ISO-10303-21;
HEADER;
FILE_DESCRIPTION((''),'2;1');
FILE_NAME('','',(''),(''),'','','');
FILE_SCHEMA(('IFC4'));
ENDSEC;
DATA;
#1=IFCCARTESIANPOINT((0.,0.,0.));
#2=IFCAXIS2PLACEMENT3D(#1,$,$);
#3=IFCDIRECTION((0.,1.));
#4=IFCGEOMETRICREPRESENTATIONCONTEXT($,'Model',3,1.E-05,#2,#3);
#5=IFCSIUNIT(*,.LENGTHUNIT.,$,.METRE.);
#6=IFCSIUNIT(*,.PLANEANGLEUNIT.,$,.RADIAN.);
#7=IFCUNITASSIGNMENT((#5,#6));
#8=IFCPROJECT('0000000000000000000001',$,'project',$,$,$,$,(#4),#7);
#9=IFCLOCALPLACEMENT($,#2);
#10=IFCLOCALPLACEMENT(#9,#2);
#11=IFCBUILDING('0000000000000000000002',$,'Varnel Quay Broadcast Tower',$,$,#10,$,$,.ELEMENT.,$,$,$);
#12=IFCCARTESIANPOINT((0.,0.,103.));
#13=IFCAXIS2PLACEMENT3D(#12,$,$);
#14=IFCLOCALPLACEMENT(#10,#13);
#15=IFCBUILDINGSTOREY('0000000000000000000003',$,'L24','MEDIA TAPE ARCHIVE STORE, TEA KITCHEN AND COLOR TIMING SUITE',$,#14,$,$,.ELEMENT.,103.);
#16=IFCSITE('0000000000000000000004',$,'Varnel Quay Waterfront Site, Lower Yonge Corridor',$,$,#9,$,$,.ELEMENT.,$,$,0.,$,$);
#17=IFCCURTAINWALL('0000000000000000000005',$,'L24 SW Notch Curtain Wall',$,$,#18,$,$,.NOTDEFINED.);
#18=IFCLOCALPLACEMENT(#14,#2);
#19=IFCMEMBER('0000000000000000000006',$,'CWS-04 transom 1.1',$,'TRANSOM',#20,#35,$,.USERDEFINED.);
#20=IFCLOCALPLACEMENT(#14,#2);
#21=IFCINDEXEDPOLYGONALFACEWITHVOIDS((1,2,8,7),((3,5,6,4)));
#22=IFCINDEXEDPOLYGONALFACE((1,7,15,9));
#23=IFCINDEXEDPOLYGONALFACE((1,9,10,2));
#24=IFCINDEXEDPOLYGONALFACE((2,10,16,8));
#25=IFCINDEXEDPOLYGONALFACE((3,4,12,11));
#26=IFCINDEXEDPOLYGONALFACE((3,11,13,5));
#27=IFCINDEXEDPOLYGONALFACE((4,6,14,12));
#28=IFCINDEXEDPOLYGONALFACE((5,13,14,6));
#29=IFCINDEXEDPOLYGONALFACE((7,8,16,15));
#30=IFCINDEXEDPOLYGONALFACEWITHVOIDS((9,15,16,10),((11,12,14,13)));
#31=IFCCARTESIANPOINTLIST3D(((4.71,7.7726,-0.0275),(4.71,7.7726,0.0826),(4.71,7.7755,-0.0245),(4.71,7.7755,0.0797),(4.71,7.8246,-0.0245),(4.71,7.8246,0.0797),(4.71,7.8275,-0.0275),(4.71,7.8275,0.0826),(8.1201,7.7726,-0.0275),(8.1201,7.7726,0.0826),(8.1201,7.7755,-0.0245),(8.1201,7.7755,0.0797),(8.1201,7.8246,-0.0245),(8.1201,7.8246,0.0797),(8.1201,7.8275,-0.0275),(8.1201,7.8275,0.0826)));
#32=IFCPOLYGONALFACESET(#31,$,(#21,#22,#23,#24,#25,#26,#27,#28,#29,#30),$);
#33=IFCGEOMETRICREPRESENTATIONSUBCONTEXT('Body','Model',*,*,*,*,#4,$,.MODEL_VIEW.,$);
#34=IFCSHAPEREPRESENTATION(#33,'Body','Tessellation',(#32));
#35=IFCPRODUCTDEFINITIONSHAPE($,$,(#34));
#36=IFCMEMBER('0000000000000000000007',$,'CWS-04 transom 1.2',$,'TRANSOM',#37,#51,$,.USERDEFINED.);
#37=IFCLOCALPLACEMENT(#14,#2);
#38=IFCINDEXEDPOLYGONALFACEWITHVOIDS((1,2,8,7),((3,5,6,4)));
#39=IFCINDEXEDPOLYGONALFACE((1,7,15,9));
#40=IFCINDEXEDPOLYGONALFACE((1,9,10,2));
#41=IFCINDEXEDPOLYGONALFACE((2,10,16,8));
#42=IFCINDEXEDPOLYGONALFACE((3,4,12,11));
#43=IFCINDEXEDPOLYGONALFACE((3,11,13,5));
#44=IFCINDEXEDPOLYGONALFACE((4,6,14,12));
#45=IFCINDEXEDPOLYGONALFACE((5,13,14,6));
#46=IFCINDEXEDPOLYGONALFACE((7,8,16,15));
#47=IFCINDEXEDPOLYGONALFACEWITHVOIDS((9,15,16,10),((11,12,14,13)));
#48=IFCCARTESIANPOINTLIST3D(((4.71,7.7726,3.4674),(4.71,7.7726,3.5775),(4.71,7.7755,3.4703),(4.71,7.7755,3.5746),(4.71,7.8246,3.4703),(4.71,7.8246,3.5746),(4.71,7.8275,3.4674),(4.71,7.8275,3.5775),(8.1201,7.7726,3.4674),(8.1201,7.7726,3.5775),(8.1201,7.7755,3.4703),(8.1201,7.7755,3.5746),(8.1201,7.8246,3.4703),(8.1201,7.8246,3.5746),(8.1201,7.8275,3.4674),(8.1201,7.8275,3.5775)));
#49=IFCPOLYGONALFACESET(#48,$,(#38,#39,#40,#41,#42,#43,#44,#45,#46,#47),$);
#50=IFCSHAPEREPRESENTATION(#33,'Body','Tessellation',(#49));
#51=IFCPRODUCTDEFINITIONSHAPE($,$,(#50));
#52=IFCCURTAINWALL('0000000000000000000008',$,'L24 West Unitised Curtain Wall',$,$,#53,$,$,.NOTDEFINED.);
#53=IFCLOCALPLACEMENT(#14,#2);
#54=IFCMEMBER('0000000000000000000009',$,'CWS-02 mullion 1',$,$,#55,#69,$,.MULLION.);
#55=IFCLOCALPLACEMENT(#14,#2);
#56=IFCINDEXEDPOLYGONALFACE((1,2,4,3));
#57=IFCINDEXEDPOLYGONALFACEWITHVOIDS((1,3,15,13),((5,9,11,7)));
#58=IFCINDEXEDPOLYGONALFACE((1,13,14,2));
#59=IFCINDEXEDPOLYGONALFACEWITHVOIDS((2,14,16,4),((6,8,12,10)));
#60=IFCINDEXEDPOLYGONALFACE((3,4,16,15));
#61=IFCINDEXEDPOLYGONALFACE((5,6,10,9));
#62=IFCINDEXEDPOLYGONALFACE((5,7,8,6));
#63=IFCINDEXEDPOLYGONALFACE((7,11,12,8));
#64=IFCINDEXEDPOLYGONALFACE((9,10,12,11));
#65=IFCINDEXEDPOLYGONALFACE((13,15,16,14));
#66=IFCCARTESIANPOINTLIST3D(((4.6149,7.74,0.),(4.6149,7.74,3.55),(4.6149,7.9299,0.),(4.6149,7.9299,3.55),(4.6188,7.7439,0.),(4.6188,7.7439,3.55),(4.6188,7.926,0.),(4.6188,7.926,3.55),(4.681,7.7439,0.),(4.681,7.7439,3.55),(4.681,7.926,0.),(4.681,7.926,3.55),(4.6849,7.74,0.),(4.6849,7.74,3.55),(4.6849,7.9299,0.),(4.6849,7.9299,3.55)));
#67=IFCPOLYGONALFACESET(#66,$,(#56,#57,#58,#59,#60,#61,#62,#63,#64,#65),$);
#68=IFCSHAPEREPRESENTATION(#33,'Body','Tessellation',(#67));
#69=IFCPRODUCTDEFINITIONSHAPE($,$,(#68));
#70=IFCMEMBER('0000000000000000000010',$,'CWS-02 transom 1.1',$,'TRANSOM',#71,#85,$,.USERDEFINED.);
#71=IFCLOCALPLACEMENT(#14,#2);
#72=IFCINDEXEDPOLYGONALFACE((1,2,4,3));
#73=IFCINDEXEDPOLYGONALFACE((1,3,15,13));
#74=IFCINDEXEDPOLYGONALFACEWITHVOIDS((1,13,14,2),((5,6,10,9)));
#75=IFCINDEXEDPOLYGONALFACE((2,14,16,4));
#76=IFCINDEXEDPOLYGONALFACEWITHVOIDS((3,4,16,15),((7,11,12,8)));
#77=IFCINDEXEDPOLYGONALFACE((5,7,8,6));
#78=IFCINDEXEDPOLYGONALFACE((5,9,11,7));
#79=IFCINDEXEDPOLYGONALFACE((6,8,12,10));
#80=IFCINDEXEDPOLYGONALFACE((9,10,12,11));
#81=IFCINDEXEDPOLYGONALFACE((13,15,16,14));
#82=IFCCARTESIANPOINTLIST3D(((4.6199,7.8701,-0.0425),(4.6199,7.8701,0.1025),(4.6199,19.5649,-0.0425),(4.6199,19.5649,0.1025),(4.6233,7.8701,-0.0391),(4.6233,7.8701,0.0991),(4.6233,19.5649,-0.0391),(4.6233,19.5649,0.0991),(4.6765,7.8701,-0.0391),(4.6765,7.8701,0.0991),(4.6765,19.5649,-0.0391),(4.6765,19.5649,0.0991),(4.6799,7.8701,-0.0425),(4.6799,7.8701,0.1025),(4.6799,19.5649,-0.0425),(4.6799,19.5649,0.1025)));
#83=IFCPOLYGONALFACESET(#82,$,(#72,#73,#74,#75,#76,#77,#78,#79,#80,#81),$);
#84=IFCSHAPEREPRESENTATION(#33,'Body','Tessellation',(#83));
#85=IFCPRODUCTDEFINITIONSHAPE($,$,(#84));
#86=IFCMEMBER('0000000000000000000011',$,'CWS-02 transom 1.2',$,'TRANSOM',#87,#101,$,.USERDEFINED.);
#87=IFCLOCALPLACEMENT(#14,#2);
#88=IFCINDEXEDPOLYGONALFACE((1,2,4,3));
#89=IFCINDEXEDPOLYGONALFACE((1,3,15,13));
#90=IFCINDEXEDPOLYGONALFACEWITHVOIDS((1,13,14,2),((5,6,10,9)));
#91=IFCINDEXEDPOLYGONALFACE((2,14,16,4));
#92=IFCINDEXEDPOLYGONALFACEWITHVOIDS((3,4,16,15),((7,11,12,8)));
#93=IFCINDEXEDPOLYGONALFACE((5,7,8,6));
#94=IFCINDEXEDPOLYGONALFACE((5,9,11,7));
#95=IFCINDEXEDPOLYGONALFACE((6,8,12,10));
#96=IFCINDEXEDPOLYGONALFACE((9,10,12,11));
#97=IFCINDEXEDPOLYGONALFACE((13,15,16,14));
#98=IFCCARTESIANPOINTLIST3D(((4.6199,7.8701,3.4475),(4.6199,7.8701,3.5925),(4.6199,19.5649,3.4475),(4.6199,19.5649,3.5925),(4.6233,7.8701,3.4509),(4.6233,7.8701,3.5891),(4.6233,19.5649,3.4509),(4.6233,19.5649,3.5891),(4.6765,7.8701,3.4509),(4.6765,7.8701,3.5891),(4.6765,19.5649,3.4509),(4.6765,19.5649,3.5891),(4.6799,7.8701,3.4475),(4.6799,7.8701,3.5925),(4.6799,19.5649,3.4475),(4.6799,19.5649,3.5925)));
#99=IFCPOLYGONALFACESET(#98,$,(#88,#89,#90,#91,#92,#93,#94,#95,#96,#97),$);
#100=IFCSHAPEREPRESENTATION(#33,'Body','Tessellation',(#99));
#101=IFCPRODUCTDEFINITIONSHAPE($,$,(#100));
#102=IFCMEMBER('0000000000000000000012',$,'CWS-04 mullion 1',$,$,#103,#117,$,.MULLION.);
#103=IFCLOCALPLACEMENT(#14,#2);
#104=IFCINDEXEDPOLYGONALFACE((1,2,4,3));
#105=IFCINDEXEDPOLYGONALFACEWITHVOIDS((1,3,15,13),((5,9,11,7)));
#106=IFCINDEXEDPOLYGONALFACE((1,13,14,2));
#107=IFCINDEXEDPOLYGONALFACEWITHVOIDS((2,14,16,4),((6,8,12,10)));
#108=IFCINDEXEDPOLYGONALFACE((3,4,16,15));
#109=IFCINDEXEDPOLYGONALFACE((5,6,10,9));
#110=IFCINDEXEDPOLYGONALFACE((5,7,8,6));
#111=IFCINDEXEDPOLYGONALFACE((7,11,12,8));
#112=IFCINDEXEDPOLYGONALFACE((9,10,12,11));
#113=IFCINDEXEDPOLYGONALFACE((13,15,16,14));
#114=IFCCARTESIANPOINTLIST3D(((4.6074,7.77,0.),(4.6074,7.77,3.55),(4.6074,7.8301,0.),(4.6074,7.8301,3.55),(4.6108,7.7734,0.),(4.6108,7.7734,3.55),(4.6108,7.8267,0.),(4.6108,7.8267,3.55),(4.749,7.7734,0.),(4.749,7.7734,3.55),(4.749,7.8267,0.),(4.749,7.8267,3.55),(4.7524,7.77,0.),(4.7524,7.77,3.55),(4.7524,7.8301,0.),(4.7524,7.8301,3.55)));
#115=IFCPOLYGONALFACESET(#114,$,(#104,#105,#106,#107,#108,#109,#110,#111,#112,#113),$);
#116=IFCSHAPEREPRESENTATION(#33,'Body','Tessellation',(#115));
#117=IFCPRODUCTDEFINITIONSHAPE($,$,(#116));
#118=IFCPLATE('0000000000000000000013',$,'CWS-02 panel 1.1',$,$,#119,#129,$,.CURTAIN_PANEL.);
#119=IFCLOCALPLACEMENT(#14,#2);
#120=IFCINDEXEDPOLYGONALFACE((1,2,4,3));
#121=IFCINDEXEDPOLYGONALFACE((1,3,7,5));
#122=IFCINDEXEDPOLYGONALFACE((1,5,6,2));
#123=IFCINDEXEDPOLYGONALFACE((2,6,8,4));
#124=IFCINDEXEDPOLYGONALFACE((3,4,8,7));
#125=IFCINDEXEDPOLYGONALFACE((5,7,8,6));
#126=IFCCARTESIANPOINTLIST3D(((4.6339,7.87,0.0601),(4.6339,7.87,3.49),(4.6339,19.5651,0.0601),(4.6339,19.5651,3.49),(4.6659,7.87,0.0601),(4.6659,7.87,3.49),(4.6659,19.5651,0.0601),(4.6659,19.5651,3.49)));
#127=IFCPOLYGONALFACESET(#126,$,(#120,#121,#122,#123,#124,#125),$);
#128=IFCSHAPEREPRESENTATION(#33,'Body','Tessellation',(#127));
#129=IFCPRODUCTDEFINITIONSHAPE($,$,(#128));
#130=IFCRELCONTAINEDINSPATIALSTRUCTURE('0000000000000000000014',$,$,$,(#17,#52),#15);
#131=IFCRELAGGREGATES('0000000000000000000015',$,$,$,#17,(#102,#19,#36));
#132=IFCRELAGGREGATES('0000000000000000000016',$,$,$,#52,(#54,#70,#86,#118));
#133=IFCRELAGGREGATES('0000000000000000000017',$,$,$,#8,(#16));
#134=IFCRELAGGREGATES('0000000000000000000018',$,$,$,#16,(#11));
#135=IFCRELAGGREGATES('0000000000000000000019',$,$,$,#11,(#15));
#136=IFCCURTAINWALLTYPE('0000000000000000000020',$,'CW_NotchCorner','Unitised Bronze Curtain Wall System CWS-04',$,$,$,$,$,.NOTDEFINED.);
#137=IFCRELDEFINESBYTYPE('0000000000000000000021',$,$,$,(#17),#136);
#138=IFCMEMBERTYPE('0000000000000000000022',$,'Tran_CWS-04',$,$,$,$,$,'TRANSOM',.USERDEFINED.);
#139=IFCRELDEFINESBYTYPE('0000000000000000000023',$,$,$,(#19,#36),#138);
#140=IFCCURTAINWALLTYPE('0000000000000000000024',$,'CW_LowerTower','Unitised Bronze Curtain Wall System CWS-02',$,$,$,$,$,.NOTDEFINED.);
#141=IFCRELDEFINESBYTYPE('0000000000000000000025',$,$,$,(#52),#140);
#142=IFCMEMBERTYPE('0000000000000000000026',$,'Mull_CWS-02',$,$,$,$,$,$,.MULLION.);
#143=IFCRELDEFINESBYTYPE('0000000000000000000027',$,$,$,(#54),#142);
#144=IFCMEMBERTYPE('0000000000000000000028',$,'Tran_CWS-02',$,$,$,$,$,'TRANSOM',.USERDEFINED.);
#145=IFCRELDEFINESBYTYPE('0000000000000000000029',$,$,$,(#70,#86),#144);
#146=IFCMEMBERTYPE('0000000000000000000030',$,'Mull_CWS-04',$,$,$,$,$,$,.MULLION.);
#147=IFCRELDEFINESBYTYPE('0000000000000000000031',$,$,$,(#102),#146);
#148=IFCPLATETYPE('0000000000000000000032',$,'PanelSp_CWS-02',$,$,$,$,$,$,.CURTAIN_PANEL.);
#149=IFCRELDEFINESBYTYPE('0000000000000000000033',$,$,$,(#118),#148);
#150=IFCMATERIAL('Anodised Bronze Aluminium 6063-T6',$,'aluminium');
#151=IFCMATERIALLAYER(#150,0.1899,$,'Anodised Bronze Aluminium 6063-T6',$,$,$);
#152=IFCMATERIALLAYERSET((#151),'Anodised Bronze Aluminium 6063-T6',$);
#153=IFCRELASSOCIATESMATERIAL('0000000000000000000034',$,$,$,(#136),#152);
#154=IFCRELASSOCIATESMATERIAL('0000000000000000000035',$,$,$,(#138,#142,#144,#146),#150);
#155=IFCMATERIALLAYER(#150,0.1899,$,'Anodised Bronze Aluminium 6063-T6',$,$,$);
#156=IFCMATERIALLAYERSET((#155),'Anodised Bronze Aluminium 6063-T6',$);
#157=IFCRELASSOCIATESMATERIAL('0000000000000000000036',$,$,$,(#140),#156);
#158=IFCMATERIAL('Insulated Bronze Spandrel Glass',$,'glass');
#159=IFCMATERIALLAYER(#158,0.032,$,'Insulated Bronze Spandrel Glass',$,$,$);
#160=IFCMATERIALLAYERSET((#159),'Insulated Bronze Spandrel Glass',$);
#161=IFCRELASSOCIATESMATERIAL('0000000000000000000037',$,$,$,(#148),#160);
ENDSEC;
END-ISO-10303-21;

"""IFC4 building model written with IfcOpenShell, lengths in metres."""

from ifc_helpers import new_model, si_unit, direction, frame, origin, origin_2d, place, context, subcontext, project, spatial, rectangle, hollow_rectangle, extrude, source, transform, mapped, material, layer, layer_set, material_profile, profile_set, type_object, type_shapes, element, aggregate, save


model = new_model("IFC4")

# Units and contexts
model_context = context("Model", 3, precision=1e-05, world=origin(), true_north=direction((0.0, 1.0)))
body_context = subcontext(model_context, "Body", "Model", "MODEL_VIEW")
ifc_project = project(units=[si_unit("LENGTHUNIT", "METRE"), si_unit("PLANEANGLEUNIT", "RADIAN")], contexts=[model_context])

# Site, building, storey
site_placement = place(None, origin())
site = spatial("IfcSite", under=ifc_project, at=site_placement, Name="Varnel Quay Waterfront Site, Lower Yonge Corridor", CompositionType="ELEMENT", RefElevation=0.0)
building_placement = place(site_placement, origin())
building = spatial("IfcBuilding", under=site, at=building_placement, Name="Varnel Quay Broadcast Tower", CompositionType="ELEMENT")
storey_placement = place(building_placement, frame((0.0, 0.0, 103.0)))
storey = spatial("IfcBuildingStorey", under=building, at=storey_placement, Name="L24", Description="MEDIA TAPE ARCHIVE STORE, TEA KITCHEN AND COLOR TIMING SUITE", CompositionType="ELEMENT", Elevation=103.0)

# Curtain walls, members
ifc_material_1 = material(Name="Anodised Bronze Aluminium 6063-T6", Category="aluminium")
ifc_layer_1 = layer(ifc_material_1, 0.1899, Name="Anodised Bronze Aluminium 6063-T6")
ifc_layer_set_1 = layer_set([ifc_layer_1], Name="Anodised Bronze Aluminium 6063-T6")
curtain_wall_type_1 = type_object("IfcCurtainWallType", Name="CW_NotchCorner", Description="Unitised Bronze Curtain Wall System CWS-04", PredefinedType="NOTDEFINED", material=ifc_layer_set_1)
curtain_wall_1_placement = place(storey_placement, origin())
curtain_wall_1 = element("IfcCurtainWall", 1, at=curtain_wall_1_placement, inside=storey, type_object=curtain_wall_type_1, Name="L24 SW Notch Curtain Wall", PredefinedType="NOTDEFINED")
ifc_material_profile_1 = material_profile(ifc_material_1, hollow_rectangle(XDim=0.0549, YDim=0.1101, WallThickness=0.0029, at=origin_2d()), Name="ALU55X110X3")
ifc_profile_set_1 = profile_set([ifc_material_profile_1], Name="Anodised Bronze Aluminium 6063-T6")
member_type_1 = type_object("IfcMemberType", Name="Tran_CWS-04", ElementType="TRANSOM", PredefinedType="USERDEFINED", material=ifc_profile_set_1)
shared_shape_1 = source(origin(), body_context, "Body", "SweptSolid", [
    extrude(hollow_rectangle(XDim=0.0549, YDim=0.1101, WallThickness=0.0029, at=origin_2d()), origin(), (0.0, 0.0, 1.0), 3.4102),
])
type_shapes(member_type_1, [shared_shape_1])
member_1_placement = place(storey_placement, frame((4.71, 7.8, 0.0276), z_axis=(1.0, 0.0, 0.0), x_axis=(0.0, 1.0, 0.0)))
member_1 = element("IfcMember", 2, at=member_1_placement, type_object=member_type_1, Name="CWS-04 transom 1.1", ObjectType="TRANSOM", PredefinedType="USERDEFINED", context=body_context, shape_type="MappedRepresentation", body=[
    mapped(shared_shape_1, transform((0.0, 0.0, 0.0), x_axis=(1.0, 0.0, 0.0), y_axis=(0.0, 1.0, 0.0), z_axis=(0.0, 0.0, 1.0), scale=1.0)),
])
member_2_placement = place(storey_placement, frame((4.71, 7.8, 3.5225), z_axis=(1.0, 0.0, 0.0), x_axis=(0.0, 1.0, 0.0)))
member_2 = element("IfcMember", 3, at=member_2_placement, type_object=member_type_1, Name="CWS-04 transom 1.2", ObjectType="TRANSOM", PredefinedType="USERDEFINED", context=body_context, shape_type="MappedRepresentation", body=[
    mapped(shared_shape_1, transform((0.0, 0.0, 0.0), x_axis=(1.0, 0.0, 0.0), y_axis=(0.0, 1.0, 0.0), z_axis=(0.0, 0.0, 1.0), scale=1.0)),
])
ifc_layer_2 = layer(ifc_material_1, 0.1899, Name="Anodised Bronze Aluminium 6063-T6")
ifc_layer_set_2 = layer_set([ifc_layer_2], Name="Anodised Bronze Aluminium 6063-T6")
curtain_wall_type_2 = type_object("IfcCurtainWallType", Name="CW_LowerTower", Description="Unitised Bronze Curtain Wall System CWS-02", PredefinedType="NOTDEFINED", material=ifc_layer_set_2)
curtain_wall_2_placement = place(storey_placement, origin())
curtain_wall_2 = element("IfcCurtainWall", 4, at=curtain_wall_2_placement, inside=storey, type_object=curtain_wall_type_2, Name="L24 West Unitised Curtain Wall", PredefinedType="NOTDEFINED")
ifc_material_profile_2 = material_profile(ifc_material_1, hollow_rectangle(XDim=0.0701, YDim=0.1899, WallThickness=0.0039, at=origin_2d()), Name="ALU70X190X4")
ifc_profile_set_2 = profile_set([ifc_material_profile_2], Name="Anodised Bronze Aluminium 6063-T6")
member_type_2 = type_object("IfcMemberType", Name="Mull_CWS-02", PredefinedType="MULLION", material=ifc_profile_set_2)
shared_shape_2 = source(origin(), body_context, "Body", "SweptSolid", [
    extrude(hollow_rectangle(XDim=0.0701, YDim=0.1899, WallThickness=0.0039, at=origin_2d()), origin(), (0.0, 0.0, 1.0), 3.55),
])
type_shapes(member_type_2, [shared_shape_2])
member_3_placement = place(storey_placement, frame((4.6499, 7.835, 0.0), z_axis=(0.0, 0.0, 1.0), x_axis=(-1.0, 0.0, 0.0)))
member_3 = element("IfcMember", 5, at=member_3_placement, type_object=member_type_2, Name="CWS-02 mullion 1", PredefinedType="MULLION", context=body_context, shape_type="MappedRepresentation", body=[
    mapped(shared_shape_2, transform((0.0, 0.0, 0.0), x_axis=(1.0, 0.0, 0.0), y_axis=(0.0, 1.0, 0.0), z_axis=(0.0, 0.0, 1.0), scale=1.0)),
])
ifc_material_profile_3 = material_profile(ifc_material_1, hollow_rectangle(XDim=0.0601, YDim=0.145, WallThickness=0.0034, at=origin_2d()), Name="ALU60X145X3.5")
ifc_profile_set_3 = profile_set([ifc_material_profile_3], Name="Anodised Bronze Aluminium 6063-T6")
member_type_3 = type_object("IfcMemberType", Name="Tran_CWS-02", ElementType="TRANSOM", PredefinedType="USERDEFINED", material=ifc_profile_set_3)
shared_shape_3 = source(origin(), body_context, "Body", "SweptSolid", [
    extrude(hollow_rectangle(XDim=0.0601, YDim=0.145, WallThickness=0.0034, at=origin_2d()), origin(), (0.0, 0.0, 1.0), 11.6948),
])
type_shapes(member_type_3, [shared_shape_3])
member_4_placement = place(storey_placement, frame((4.6499, 7.8701, 0.03), z_axis=(0.0, 1.0, 0.0), x_axis=(-1.0, 0.0, 0.0)))
member_4 = element("IfcMember", 6, at=member_4_placement, type_object=member_type_3, Name="CWS-02 transom 1.1", ObjectType="TRANSOM", PredefinedType="USERDEFINED", context=body_context, shape_type="MappedRepresentation", body=[
    mapped(shared_shape_3, transform((0.0, 0.0, 0.0), x_axis=(1.0, 0.0, 0.0), y_axis=(0.0, 1.0, 0.0), z_axis=(0.0, 0.0, 1.0), scale=1.0)),
])
member_5_placement = place(storey_placement, frame((4.6499, 7.8701, 3.52), z_axis=(0.0, 1.0, 0.0), x_axis=(-1.0, 0.0, 0.0)))
member_5 = element("IfcMember", 7, at=member_5_placement, type_object=member_type_3, Name="CWS-02 transom 1.2", ObjectType="TRANSOM", PredefinedType="USERDEFINED", context=body_context, shape_type="MappedRepresentation", body=[
    mapped(shared_shape_3, transform((0.0, 0.0, 0.0), x_axis=(1.0, 0.0, 0.0), y_axis=(0.0, 1.0, 0.0), z_axis=(0.0, 0.0, 1.0), scale=1.0)),
])

# Member
ifc_material_profile_4 = material_profile(ifc_material_1, hollow_rectangle(XDim=0.0601, YDim=0.145, WallThickness=0.0034, at=origin_2d()), Name="ALU60X145X3.5")
ifc_profile_set_4 = profile_set([ifc_material_profile_4], Name="Anodised Bronze Aluminium 6063-T6")
member_type_4 = type_object("IfcMemberType", Name="Mull_CWS-04", PredefinedType="MULLION", material=ifc_profile_set_4)
shared_shape_4 = source(origin(), body_context, "Body", "SweptSolid", [
    extrude(hollow_rectangle(XDim=0.0601, YDim=0.145, WallThickness=0.0034, at=origin_2d()), origin(), (0.0, 0.0, 1.0), 3.55),
])
type_shapes(member_type_4, [shared_shape_4])
member_6_placement = place(storey_placement, frame((4.6799, 7.8, 0.0), z_axis=(0.0, 0.0, 1.0), x_axis=(0.0, 1.0, 0.0)))
member_6 = element("IfcMember", 8, at=member_6_placement, type_object=member_type_4, Name="CWS-04 mullion 1", PredefinedType="MULLION", context=body_context, shape_type="MappedRepresentation", body=[
    mapped(shared_shape_4, transform((0.0, 0.0, 0.0), x_axis=(1.0, 0.0, 0.0), y_axis=(0.0, 1.0, 0.0), z_axis=(0.0, 0.0, 1.0), scale=1.0)),
])
aggregate(curtain_wall_1, [member_6, member_1, member_2])

# Plate
ifc_material_2 = material(Name="Insulated Bronze Spandrel Glass", Category="glass")
ifc_layer_3 = layer(ifc_material_2, 0.032, Name="Insulated Bronze Spandrel Glass")
ifc_layer_set_3 = layer_set([ifc_layer_3], Name="Insulated Bronze Spandrel Glass")
plate_type = type_object("IfcPlateType", Name="PanelSp_CWS-02", PredefinedType="CURTAIN_PANEL", material=ifc_layer_set_3)
shared_shape_5 = source(origin(), body_context, "Body", "SweptSolid", [
    extrude(rectangle(XDim=11.6951, YDim=0.032, at=origin_2d()), origin(), (0.0, 0.0, 1.0), 3.4299),
])
type_shapes(plate_type, [shared_shape_5])
plate_placement = place(storey_placement, frame((4.6499, 13.7175, 0.0601), z_axis=(0.0, 0.0, 1.0), x_axis=(0.0, 1.0, 0.0)))
plate = element("IfcPlate", 9, at=plate_placement, type_object=plate_type, Name="CWS-02 panel 1.1", PredefinedType="CURTAIN_PANEL", context=body_context, shape_type="MappedRepresentation", body=[
    mapped(shared_shape_5, transform((0.0, 0.0, 0.0), x_axis=(1.0, 0.0, 0.0), y_axis=(0.0, 1.0, 0.0), z_axis=(0.0, 0.0, 1.0), scale=1.0)),
])
aggregate(curtain_wall_2, [member_3, member_4, member_5, plate])

save(model, "model.ifc")
